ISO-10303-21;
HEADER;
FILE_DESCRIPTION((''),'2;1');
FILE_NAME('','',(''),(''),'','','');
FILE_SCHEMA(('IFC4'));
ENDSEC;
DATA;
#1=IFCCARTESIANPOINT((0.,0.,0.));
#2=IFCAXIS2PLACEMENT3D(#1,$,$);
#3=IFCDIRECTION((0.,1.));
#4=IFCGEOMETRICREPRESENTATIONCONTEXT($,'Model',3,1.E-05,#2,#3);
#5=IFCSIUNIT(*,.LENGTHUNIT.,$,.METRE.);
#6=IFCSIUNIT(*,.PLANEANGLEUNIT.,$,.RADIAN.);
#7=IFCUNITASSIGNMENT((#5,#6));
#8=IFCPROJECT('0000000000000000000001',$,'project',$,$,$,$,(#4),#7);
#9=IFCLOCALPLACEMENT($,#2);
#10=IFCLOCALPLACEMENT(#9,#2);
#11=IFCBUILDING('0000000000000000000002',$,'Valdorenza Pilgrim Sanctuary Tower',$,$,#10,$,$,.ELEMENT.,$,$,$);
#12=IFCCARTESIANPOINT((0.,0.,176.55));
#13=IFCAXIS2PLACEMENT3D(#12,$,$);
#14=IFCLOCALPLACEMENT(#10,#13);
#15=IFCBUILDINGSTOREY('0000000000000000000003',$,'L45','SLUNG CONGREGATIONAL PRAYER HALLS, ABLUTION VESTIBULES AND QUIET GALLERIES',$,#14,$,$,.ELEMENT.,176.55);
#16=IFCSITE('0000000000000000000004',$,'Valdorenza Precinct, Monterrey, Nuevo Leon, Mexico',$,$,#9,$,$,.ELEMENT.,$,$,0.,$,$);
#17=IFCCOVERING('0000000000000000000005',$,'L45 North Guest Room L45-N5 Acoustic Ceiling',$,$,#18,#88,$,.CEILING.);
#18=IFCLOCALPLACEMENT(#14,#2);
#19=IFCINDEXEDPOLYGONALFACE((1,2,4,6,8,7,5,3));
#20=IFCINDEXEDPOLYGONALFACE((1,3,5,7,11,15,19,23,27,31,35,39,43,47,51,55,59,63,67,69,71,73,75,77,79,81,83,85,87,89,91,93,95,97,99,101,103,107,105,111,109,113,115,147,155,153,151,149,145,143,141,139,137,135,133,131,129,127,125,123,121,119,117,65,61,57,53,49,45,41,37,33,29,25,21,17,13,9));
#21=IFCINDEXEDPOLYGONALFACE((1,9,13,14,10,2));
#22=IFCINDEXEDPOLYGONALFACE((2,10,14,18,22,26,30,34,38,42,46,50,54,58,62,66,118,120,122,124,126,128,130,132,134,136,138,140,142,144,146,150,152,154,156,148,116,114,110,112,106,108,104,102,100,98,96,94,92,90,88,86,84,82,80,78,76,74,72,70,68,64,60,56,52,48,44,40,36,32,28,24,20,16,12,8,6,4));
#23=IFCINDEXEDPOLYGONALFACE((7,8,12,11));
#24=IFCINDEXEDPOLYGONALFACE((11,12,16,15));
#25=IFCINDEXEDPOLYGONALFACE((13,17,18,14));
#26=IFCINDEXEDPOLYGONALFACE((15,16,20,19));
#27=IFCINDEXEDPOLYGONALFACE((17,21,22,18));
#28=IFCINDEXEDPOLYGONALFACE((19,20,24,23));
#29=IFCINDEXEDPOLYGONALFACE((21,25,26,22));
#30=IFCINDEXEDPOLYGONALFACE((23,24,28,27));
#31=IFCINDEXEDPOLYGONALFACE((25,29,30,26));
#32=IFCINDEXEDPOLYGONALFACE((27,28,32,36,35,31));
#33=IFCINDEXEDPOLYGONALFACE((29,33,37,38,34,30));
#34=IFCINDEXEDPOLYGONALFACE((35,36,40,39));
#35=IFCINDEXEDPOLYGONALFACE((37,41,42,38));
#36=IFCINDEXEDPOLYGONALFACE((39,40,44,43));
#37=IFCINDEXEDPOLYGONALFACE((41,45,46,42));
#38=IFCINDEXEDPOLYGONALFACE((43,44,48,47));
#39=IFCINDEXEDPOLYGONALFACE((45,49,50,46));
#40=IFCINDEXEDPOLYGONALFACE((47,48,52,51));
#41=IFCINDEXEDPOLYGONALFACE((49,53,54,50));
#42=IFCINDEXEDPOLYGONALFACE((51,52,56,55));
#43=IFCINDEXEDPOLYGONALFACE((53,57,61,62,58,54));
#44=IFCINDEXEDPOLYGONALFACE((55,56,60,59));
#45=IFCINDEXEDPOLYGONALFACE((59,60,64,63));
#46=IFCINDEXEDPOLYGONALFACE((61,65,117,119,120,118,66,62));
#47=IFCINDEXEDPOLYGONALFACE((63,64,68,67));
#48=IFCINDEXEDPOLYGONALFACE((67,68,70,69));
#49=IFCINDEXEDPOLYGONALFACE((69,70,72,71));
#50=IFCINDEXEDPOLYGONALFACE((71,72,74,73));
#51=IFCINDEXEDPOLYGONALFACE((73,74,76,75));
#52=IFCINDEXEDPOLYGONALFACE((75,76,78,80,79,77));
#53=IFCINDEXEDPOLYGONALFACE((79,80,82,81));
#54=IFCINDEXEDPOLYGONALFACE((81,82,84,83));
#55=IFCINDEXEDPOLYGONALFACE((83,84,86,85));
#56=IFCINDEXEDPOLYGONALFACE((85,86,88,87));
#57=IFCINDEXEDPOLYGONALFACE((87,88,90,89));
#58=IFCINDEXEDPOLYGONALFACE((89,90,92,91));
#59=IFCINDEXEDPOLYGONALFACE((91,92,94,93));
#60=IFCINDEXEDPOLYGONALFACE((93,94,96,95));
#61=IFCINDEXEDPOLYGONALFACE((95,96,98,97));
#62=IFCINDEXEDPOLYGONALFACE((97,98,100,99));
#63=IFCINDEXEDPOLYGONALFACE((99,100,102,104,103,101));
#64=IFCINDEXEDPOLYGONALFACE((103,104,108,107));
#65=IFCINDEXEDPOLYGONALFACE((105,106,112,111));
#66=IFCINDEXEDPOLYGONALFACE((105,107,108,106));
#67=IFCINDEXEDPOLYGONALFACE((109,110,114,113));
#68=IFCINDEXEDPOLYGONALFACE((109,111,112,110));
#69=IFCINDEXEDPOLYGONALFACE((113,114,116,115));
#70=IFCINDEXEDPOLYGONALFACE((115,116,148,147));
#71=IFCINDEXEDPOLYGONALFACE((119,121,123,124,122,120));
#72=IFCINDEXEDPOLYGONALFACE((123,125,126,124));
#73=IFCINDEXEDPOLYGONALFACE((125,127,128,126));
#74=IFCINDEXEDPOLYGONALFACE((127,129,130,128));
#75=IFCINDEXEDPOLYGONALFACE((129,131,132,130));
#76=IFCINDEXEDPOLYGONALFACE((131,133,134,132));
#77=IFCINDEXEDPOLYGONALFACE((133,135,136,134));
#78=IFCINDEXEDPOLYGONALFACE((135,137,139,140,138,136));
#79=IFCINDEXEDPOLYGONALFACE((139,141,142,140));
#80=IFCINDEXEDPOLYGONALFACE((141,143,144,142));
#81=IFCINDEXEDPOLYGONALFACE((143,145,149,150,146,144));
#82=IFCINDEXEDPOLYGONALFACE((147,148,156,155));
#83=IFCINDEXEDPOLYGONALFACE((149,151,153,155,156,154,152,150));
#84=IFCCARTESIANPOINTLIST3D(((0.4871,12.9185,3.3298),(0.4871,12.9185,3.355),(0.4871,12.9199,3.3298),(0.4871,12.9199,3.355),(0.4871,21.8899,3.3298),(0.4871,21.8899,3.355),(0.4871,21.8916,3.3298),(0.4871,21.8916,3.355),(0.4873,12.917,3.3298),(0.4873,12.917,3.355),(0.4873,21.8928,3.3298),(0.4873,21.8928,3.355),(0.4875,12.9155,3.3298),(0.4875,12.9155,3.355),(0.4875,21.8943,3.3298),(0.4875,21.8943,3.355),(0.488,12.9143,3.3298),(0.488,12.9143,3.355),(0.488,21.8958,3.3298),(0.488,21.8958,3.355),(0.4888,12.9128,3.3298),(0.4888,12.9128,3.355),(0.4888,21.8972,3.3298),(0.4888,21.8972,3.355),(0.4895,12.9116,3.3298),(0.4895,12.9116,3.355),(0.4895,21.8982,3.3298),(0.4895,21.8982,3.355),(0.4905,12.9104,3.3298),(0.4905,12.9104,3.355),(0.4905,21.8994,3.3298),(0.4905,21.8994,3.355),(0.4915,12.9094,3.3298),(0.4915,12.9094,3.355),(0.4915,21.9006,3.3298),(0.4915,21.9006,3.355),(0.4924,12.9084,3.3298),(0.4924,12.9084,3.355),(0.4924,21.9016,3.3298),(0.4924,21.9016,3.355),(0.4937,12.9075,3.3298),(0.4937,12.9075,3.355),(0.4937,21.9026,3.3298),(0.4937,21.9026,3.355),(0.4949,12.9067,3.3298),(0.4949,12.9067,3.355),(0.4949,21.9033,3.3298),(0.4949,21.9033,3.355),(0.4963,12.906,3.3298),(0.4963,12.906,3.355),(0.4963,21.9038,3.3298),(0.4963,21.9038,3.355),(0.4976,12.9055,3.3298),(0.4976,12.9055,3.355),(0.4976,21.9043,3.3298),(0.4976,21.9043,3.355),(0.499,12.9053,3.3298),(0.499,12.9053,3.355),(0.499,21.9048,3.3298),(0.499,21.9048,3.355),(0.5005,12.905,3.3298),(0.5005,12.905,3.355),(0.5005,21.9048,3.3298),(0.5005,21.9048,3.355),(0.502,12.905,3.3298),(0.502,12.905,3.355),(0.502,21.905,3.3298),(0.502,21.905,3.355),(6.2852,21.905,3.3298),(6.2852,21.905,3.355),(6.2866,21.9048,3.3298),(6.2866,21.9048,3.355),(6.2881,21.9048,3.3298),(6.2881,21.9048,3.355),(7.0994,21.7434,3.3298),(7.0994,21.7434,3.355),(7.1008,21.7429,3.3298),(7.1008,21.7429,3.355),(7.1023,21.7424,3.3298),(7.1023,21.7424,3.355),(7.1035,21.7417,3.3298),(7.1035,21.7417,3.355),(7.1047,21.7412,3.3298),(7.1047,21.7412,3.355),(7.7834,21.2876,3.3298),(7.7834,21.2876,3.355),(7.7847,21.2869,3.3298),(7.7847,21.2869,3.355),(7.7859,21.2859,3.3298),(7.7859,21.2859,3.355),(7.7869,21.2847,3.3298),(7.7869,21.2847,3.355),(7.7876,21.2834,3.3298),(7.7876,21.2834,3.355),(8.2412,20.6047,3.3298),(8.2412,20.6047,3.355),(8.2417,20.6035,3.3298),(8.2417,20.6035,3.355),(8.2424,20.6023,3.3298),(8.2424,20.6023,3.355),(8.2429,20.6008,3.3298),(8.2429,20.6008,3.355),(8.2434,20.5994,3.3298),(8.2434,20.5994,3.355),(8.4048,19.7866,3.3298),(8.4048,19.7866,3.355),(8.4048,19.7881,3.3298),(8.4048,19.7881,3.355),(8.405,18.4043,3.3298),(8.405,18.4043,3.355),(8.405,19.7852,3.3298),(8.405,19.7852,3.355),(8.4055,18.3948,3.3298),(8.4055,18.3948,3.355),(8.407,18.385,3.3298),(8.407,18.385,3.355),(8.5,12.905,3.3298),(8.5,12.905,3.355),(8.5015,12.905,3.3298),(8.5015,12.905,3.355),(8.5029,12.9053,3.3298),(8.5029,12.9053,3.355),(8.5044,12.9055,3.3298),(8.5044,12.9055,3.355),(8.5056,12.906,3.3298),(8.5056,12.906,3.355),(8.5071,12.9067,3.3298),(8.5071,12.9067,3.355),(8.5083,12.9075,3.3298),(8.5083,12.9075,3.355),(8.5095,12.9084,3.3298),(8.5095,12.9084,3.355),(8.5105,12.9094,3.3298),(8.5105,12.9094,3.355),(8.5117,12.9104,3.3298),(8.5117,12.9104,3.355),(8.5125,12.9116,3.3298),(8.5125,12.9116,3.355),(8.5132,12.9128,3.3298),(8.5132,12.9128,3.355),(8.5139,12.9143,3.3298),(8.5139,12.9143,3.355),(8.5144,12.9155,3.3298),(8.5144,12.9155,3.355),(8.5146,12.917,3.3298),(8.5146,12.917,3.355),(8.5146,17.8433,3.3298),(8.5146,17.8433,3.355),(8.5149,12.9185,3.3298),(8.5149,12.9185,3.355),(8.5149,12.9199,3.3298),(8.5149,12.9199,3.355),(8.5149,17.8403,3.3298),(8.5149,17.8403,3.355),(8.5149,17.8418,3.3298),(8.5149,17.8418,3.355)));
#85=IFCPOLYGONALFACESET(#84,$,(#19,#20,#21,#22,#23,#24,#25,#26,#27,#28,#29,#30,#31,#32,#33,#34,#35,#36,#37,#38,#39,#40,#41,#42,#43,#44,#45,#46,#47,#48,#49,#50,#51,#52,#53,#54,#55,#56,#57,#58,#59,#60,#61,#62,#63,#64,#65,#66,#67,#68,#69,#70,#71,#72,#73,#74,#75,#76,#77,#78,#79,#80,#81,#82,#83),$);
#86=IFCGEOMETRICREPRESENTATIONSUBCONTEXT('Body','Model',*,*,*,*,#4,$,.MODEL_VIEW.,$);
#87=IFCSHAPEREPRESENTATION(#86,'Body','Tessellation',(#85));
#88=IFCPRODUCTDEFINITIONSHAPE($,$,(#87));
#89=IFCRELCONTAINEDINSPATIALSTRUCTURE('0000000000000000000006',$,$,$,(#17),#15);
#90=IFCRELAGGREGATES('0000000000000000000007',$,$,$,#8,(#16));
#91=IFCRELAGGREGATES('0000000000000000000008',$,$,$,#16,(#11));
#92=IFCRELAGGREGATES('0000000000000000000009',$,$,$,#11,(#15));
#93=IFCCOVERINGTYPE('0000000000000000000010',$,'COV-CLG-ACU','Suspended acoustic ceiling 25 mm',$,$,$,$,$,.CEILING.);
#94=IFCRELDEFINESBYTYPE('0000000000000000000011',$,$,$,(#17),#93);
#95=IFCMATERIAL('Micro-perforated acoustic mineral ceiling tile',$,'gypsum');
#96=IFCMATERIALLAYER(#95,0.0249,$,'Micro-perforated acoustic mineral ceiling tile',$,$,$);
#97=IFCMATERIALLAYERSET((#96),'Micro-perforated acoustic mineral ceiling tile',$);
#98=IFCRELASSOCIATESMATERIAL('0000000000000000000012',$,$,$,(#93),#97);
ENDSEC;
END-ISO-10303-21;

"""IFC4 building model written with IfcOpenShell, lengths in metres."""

from ifc_helpers import new_model, si_unit, direction, frame, origin, place, context, subcontext, project, spatial, polyline, outline, extrude, material, layer, layer_set, type_object, element, save


model = new_model("IFC4")

# Units and contexts
model_context = context("Model", 3, precision=1e-05, world=origin(), true_north=direction((0.0, 1.0)))
body_context = subcontext(model_context, "Body", "Model", "MODEL_VIEW")
ifc_project = project(units=[si_unit("LENGTHUNIT", "METRE"), si_unit("PLANEANGLEUNIT", "RADIAN")], contexts=[model_context])

# Site, building, storey
site_placement = place(None, origin())
site = spatial("IfcSite", under=ifc_project, at=site_placement, Name="Valdorenza Precinct, Monterrey, Nuevo Leon, Mexico", CompositionType="ELEMENT", RefElevation=0.0)
building_placement = place(site_placement, origin())
building = spatial("IfcBuilding", under=site, at=building_placement, Name="Valdorenza Pilgrim Sanctuary Tower", CompositionType="ELEMENT")
storey_placement = place(building_placement, frame((0.0, 0.0, 176.55)))
storey = spatial("IfcBuildingStorey", under=building, at=storey_placement, Name="L45", Description="SLUNG CONGREGATIONAL PRAYER HALLS, ABLUTION VESTIBULES AND QUIET GALLERIES", CompositionType="ELEMENT", Elevation=176.55)

# Covering
ifc_material_1 = material(Name="Micro-perforated acoustic mineral ceiling tile", Category="gypsum")
ifc_layer_1 = layer(ifc_material_1, 0.0249, Name="Micro-perforated acoustic mineral ceiling tile")
ifc_layer_set_1 = layer_set([ifc_layer_1], Name="Micro-perforated acoustic mineral ceiling tile")
covering_type_1 = type_object("IfcCoveringType", Name="COV-CLG-ACU", Description="Suspended acoustic ceiling 25 mm", PredefinedType="CEILING", material=ifc_layer_set_1)
covering_1_placement = place(storey_placement, frame((0.0, 0.0, 3.3298)))
element("IfcCovering", 1, at=covering_1_placement, inside=storey, type_object=covering_type_1, Name="L45 North Guest Room L45-N5 Acoustic Ceiling", PredefinedType="CEILING", context=body_context, shape_type="SweptSolid", body=[
    extrude(outline(polyline([(6.2852, 21.905), (6.2866, 21.9048), (6.2881, 21.9048), (7.0994, 21.7434), (7.1008, 21.7429), (7.1023, 21.7424), (7.1035, 21.7417), (7.1047, 21.7412), (7.7834, 21.2876), (7.7847, 21.2869), (7.7859, 21.2859), (7.7869, 21.2847), (7.7876, 21.2834), (8.2412, 20.6047), (8.2417, 20.6035), (8.2424, 20.6023), (8.2429, 20.6008), (8.2434, 20.5994), (8.4048, 19.7881), (8.4048, 19.7866), (8.405, 19.7852), (8.405, 18.4043), (8.4055, 18.3948), (8.407, 18.385), (8.5146, 17.8433), (8.5149, 17.8418), (8.5149, 17.8403), (8.5149, 12.9199), (8.5149, 12.9185), (8.5146, 12.917), (8.5144, 12.9155), (8.5139, 12.9143), (8.5132, 12.9128), (8.5125, 12.9116), (8.5117, 12.9104), (8.5105, 12.9094), (8.5095, 12.9084), (8.5083, 12.9075), (8.5071, 12.9067), (8.5056, 12.906), (8.5044, 12.9055), (8.5029, 12.9053), (8.5015, 12.905), (8.5, 12.905), (0.502, 12.905), (0.5005, 12.905), (0.499, 12.9053), (0.4976, 12.9055), (0.4963, 12.906), (0.4949, 12.9067), (0.4937, 12.9075), (0.4924, 12.9084), (0.4915, 12.9094), (0.4905, 12.9104), (0.4895, 12.9116), (0.4888, 12.9128), (0.488, 12.9143), (0.4875, 12.9155), (0.4873, 12.917), (0.4871, 12.9185), (0.4871, 12.9199), (0.4871, 21.8899), (0.4871, 21.8916), (0.4873, 21.8928), (0.4875, 21.8943), (0.488, 21.8958), (0.4888, 21.8972), (0.4895, 21.8982), (0.4905, 21.8994), (0.4915, 21.9006), (0.4924, 21.9016), (0.4937, 21.9026), (0.4949, 21.9033), (0.4963, 21.9038), (0.4976, 21.9043), (0.499, 21.9048), (0.5005, 21.9048), (0.502, 21.905), (6.2852, 21.905)])), origin(), (0.0, 0.0, 1.0), 0.0251),
])

save(model, "model.ifc")
